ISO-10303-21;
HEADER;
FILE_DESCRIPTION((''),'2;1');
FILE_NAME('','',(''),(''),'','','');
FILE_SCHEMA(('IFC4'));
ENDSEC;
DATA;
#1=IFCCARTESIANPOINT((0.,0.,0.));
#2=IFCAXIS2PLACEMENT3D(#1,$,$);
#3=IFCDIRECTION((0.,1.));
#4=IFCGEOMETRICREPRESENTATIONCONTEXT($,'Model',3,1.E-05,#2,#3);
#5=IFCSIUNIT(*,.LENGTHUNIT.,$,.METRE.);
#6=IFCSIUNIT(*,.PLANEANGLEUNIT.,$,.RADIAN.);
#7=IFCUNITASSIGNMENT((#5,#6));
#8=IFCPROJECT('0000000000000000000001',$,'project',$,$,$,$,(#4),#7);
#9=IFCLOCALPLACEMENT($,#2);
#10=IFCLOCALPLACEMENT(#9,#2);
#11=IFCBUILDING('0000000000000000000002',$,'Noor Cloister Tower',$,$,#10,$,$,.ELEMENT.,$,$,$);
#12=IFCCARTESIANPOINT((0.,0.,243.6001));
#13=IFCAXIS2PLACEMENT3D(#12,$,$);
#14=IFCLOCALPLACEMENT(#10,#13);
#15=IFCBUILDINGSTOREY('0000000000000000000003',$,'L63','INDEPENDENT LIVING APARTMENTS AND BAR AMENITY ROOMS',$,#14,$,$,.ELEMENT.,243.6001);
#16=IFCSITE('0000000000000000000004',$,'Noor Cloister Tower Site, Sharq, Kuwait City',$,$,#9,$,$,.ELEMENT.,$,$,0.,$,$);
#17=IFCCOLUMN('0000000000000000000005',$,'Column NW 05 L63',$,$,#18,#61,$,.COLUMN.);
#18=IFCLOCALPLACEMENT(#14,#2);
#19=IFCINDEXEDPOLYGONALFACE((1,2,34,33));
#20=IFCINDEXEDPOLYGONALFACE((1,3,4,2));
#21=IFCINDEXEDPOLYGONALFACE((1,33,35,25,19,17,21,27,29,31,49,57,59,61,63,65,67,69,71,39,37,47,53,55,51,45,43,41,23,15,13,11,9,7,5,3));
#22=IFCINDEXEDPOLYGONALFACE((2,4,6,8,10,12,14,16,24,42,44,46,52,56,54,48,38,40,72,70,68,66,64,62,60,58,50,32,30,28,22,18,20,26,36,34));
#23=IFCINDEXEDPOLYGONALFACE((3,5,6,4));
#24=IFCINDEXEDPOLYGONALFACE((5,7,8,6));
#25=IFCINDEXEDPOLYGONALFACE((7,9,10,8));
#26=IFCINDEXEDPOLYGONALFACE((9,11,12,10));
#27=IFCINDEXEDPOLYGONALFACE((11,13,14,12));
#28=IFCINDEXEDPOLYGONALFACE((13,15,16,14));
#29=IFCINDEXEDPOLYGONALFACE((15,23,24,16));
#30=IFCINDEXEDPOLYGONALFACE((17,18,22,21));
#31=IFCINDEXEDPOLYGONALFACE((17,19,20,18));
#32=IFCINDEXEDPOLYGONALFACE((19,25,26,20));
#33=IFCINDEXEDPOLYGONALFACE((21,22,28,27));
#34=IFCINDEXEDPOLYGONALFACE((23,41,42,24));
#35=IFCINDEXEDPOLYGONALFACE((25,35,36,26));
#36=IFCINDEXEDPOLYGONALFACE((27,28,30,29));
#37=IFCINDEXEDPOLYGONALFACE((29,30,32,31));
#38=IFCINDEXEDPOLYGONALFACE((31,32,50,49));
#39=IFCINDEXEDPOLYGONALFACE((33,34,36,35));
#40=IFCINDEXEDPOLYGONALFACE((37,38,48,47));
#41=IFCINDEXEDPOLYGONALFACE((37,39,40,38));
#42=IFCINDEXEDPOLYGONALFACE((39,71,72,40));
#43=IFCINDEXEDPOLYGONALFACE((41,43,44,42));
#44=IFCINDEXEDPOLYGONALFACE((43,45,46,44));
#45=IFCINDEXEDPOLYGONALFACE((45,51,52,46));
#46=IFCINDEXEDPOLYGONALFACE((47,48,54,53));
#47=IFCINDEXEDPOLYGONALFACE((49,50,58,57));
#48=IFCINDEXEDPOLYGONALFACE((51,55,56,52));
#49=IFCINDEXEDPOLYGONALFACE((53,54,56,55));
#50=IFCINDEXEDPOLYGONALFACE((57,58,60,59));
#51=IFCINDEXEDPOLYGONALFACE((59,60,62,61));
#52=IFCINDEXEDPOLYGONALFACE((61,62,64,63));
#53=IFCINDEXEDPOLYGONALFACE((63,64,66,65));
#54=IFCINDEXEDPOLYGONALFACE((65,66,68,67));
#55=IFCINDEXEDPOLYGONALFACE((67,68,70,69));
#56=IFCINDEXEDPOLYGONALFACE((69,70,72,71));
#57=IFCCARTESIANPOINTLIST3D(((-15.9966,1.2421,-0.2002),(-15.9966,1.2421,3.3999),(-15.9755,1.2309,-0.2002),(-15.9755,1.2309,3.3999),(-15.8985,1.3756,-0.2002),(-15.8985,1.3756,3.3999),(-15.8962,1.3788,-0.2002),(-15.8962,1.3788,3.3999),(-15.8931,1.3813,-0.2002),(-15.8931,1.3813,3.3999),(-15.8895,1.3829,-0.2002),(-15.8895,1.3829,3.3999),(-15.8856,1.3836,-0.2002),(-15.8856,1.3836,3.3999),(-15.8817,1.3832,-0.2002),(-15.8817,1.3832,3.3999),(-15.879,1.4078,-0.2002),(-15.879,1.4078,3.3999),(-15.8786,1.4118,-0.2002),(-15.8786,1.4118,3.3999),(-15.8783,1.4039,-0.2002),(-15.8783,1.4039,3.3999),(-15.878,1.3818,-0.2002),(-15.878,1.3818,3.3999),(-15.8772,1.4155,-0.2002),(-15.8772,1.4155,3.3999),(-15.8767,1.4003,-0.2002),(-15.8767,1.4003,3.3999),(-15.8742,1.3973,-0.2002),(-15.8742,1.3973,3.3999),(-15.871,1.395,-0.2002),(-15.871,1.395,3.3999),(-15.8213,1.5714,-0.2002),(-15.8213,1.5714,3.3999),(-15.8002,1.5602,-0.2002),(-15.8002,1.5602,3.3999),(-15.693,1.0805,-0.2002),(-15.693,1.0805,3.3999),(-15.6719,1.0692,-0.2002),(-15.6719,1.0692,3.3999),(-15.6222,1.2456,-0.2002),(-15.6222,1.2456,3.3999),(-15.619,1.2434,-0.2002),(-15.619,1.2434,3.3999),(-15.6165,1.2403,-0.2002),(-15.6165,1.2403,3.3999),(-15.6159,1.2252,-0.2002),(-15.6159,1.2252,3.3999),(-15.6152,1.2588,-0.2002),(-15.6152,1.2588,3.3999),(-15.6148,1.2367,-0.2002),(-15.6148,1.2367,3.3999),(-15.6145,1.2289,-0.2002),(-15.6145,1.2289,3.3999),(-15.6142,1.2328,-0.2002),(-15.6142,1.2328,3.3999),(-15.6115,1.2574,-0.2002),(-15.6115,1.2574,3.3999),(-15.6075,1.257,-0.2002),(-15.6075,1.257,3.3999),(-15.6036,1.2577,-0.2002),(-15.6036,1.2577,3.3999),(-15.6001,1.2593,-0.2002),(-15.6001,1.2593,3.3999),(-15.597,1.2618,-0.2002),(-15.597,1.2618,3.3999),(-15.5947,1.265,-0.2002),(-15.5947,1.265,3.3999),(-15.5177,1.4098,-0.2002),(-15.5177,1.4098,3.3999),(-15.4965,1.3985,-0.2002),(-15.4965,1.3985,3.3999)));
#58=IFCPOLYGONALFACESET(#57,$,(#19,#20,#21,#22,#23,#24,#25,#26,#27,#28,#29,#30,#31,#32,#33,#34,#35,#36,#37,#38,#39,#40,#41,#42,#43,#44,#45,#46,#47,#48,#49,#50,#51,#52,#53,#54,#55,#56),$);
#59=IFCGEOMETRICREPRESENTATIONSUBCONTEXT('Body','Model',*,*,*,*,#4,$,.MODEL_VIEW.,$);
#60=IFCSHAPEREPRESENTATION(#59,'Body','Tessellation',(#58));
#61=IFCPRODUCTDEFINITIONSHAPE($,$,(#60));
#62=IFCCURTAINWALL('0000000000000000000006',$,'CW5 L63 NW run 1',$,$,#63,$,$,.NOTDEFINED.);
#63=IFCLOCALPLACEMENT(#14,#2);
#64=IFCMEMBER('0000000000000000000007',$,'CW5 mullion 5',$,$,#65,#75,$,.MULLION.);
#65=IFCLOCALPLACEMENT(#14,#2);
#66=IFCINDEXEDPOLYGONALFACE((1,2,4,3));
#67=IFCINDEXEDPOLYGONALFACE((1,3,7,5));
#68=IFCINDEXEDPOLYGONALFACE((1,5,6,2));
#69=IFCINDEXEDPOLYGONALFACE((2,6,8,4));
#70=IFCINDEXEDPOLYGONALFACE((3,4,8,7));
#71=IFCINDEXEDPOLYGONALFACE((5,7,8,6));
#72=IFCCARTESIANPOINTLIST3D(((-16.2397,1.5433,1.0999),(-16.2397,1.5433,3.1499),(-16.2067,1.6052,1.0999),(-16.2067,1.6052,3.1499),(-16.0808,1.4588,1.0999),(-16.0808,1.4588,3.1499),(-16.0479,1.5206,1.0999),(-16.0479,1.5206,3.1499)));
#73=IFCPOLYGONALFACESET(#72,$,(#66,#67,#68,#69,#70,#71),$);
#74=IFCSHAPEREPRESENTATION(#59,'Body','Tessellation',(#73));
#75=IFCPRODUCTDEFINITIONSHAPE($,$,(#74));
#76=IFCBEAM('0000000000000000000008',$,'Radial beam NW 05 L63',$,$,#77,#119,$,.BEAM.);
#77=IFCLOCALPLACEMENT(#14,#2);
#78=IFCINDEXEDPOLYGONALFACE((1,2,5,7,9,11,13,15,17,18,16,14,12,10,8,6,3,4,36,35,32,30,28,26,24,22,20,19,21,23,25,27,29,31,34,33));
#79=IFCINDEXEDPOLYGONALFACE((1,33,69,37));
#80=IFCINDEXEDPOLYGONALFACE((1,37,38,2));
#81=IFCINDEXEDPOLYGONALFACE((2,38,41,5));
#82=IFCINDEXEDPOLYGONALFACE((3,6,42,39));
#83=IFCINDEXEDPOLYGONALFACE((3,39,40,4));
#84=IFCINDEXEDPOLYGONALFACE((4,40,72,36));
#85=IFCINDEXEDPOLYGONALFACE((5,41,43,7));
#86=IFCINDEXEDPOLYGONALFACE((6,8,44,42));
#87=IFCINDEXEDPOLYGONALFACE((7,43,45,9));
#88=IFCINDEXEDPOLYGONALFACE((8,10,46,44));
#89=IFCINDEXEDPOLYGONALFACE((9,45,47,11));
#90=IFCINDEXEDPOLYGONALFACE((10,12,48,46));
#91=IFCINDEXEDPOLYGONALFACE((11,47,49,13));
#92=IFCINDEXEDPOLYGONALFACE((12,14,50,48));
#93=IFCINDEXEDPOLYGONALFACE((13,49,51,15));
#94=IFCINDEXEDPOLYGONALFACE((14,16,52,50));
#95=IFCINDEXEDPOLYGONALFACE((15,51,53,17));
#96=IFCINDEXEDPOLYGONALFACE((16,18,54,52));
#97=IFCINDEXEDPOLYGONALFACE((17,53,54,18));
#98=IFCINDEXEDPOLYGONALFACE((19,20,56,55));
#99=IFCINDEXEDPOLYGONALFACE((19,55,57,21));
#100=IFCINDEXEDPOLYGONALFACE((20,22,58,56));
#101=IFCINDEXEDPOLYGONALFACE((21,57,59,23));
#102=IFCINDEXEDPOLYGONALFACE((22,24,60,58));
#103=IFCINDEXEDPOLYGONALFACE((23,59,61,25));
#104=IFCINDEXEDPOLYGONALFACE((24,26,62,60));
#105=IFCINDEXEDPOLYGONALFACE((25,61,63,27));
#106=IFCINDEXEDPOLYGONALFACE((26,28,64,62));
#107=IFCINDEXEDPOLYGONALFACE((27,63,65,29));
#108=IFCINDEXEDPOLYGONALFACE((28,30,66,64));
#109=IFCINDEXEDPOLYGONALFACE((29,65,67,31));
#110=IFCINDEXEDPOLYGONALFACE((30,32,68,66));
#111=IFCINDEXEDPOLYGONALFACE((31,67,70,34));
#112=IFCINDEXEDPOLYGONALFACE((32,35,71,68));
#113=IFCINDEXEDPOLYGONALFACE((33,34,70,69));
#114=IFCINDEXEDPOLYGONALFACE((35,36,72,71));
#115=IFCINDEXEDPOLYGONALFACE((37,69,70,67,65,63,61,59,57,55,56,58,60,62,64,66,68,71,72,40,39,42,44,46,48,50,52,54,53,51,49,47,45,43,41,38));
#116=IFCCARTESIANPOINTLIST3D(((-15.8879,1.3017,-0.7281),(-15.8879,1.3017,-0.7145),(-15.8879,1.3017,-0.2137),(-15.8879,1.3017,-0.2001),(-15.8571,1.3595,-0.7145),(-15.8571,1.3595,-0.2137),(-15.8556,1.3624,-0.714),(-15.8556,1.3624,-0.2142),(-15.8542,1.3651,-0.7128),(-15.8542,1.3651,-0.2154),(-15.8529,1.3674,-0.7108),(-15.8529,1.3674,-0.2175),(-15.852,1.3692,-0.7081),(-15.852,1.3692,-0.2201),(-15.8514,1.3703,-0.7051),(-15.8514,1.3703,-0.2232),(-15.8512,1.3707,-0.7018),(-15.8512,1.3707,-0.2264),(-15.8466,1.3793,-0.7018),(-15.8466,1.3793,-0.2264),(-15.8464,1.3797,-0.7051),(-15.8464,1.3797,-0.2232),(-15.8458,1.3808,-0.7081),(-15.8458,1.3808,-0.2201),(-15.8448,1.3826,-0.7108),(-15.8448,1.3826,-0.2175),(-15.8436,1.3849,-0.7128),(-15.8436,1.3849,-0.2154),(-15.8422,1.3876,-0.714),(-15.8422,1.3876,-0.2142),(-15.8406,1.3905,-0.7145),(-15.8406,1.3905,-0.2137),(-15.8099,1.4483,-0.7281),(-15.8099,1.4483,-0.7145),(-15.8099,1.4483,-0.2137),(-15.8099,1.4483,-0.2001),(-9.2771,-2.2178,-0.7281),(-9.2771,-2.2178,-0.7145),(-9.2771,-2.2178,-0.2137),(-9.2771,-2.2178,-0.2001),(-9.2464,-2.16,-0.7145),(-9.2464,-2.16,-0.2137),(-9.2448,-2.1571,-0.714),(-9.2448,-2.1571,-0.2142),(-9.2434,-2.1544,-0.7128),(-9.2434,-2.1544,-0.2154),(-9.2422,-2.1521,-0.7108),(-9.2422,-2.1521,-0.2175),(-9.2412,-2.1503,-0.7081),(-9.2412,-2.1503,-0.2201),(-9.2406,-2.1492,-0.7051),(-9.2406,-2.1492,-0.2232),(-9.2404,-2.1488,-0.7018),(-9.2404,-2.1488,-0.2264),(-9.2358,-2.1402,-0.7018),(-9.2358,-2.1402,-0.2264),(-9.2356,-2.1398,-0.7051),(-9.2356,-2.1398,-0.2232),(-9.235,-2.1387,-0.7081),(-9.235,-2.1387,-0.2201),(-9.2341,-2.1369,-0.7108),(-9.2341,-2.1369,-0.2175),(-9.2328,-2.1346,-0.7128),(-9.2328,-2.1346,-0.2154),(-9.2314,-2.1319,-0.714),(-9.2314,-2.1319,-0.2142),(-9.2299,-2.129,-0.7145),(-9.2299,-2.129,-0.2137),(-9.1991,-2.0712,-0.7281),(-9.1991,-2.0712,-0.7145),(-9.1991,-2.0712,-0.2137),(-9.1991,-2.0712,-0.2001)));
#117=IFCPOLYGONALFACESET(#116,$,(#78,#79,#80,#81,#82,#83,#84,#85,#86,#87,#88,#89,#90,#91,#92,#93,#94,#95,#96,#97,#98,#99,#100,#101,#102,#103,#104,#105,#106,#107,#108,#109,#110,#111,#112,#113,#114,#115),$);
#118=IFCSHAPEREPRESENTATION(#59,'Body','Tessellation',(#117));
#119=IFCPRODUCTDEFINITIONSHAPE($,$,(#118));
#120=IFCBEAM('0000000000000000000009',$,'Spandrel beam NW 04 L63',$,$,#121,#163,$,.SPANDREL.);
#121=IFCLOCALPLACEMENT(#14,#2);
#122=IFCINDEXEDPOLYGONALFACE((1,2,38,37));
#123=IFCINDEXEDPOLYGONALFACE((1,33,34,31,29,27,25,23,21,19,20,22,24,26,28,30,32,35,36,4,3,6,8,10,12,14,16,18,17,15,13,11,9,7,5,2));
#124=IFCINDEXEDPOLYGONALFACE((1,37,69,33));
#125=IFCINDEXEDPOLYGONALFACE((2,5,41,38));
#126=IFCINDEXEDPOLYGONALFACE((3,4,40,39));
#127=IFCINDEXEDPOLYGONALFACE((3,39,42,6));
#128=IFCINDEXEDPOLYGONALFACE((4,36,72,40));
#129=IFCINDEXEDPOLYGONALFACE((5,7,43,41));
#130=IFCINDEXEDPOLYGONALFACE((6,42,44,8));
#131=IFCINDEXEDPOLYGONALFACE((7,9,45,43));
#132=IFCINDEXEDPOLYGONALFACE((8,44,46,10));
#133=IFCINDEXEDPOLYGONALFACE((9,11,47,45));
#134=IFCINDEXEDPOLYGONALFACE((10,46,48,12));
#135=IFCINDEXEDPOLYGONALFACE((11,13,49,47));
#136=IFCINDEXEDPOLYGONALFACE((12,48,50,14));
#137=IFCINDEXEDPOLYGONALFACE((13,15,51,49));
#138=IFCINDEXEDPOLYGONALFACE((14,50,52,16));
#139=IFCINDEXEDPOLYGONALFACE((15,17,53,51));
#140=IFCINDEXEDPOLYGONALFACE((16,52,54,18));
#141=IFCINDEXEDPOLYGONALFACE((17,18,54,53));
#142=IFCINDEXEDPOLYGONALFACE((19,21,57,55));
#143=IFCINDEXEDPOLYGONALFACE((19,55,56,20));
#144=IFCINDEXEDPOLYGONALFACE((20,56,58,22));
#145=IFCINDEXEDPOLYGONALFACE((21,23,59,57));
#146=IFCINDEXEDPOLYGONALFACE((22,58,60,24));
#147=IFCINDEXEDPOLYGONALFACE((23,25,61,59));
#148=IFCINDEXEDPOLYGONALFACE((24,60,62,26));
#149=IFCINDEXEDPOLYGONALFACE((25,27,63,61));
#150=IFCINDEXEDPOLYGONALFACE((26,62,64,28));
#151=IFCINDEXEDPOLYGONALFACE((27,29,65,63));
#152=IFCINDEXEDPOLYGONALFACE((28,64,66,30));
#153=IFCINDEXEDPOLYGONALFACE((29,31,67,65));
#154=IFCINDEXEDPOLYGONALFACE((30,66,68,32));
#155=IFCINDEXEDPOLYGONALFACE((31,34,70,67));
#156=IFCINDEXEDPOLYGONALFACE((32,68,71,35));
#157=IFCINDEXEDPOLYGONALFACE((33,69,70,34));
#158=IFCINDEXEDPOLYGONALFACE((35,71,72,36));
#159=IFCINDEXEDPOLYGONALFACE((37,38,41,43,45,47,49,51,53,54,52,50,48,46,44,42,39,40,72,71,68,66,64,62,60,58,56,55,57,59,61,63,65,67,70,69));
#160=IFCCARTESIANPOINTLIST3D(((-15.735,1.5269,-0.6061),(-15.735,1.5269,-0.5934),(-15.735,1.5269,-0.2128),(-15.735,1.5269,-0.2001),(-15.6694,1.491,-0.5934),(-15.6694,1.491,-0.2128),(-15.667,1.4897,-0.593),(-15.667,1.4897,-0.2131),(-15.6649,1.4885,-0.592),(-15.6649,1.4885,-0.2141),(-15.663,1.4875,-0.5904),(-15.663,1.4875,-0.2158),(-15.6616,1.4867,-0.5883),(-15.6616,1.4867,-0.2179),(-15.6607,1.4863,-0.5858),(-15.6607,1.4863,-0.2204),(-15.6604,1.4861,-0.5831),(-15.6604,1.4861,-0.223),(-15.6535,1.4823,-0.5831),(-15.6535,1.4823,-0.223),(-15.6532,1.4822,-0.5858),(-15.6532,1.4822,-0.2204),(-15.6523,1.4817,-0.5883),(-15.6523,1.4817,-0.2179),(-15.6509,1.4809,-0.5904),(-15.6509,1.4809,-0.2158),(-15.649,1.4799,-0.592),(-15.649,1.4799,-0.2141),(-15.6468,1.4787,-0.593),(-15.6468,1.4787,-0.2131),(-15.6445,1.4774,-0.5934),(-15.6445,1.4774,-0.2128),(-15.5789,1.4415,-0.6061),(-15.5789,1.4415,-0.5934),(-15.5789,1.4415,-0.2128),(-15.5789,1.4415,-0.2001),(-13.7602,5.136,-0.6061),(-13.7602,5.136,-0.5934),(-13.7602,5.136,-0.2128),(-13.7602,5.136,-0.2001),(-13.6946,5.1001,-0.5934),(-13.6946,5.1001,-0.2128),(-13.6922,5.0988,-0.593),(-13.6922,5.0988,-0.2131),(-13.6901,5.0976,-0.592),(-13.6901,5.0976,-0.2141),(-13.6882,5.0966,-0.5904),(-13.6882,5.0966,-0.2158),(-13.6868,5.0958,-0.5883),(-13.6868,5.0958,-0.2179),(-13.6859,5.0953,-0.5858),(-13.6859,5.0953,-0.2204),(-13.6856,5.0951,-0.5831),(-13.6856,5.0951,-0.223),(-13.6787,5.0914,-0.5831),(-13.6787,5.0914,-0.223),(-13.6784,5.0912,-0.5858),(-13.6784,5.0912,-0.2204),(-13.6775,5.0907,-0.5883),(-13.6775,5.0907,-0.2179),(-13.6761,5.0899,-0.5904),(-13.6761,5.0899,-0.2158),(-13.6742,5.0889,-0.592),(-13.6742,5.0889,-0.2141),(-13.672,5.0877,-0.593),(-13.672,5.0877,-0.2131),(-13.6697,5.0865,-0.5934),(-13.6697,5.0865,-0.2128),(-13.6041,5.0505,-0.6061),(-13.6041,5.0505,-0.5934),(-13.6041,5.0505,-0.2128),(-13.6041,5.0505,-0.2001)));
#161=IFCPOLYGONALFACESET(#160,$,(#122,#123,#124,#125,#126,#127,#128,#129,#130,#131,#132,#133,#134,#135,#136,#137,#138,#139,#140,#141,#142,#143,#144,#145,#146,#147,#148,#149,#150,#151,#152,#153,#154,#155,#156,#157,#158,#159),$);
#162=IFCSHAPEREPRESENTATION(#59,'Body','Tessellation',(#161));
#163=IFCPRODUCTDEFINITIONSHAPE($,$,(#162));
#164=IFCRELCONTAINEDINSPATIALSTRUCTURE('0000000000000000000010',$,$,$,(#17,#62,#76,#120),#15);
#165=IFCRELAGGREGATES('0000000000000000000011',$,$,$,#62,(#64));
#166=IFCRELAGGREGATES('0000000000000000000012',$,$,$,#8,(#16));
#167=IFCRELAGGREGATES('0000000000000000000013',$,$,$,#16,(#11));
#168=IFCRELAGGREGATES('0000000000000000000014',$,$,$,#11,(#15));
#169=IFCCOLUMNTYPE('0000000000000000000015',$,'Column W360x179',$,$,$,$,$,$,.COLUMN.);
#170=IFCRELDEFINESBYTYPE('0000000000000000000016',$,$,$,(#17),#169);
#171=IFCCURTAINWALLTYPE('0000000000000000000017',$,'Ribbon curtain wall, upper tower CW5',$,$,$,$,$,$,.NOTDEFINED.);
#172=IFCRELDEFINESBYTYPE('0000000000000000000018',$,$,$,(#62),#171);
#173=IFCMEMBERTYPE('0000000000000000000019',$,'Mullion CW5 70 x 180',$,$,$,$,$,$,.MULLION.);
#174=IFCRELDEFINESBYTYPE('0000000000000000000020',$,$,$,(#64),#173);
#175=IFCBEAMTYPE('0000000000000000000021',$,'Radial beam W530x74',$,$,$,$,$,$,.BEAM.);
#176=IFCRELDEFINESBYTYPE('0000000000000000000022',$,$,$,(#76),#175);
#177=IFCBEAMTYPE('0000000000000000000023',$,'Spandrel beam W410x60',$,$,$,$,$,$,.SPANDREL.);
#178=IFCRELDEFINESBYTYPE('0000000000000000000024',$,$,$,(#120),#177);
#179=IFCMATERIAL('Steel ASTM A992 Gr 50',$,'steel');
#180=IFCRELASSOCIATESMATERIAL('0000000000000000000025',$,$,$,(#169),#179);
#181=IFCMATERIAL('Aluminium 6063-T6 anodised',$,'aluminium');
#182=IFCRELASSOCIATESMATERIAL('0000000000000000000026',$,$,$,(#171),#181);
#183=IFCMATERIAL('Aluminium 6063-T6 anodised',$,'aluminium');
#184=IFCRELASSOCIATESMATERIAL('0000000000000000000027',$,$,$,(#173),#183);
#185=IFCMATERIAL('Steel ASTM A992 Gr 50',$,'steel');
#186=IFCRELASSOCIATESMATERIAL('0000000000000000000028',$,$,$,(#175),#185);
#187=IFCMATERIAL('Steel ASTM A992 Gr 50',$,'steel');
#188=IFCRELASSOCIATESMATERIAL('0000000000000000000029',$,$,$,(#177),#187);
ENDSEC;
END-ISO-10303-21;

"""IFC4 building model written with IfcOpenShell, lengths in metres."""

from ifc_helpers import new_model, si_unit, direction, frame, origin, origin_2d, place, context, subcontext, project, spatial, rectangle, i_section, extrude, material, material_profile, profile_set, type_object, element, aggregate, save


model = new_model("IFC4")

# Units and contexts
model_context = context("Model", 3, precision=1e-05, world=origin(), true_north=direction((0.0, 1.0)))
body_context = subcontext(model_context, "Body", "Model", "MODEL_VIEW")
ifc_project = project(units=[si_unit("LENGTHUNIT", "METRE"), si_unit("PLANEANGLEUNIT", "RADIAN")], contexts=[model_context])

# Site, building, storey
site_placement = place(None, origin())
site = spatial("IfcSite", under=ifc_project, at=site_placement, Name="Noor Cloister Tower Site, Sharq, Kuwait City", CompositionType="ELEMENT", RefElevation=0.0)
building_placement = place(site_placement, origin())
building = spatial("IfcBuilding", under=site, at=building_placement, Name="Noor Cloister Tower", CompositionType="ELEMENT")
storey_placement = place(building_placement, frame((0.0, 0.0, 243.6001)))
storey = spatial("IfcBuildingStorey", under=building, at=storey_placement, Name="L63", Description="INDEPENDENT LIVING APARTMENTS AND BAR AMENITY ROOMS", CompositionType="ELEMENT", Elevation=243.6001)

# Column
ifc_material_1 = material(Name="Steel ASTM A992 Gr 50", Category="steel")
ifc_material_profile_1 = material_profile(ifc_material_1, i_section(OverallWidth=0.373, OverallDepth=0.3679, WebThickness=0.0149, FlangeThickness=0.0239, FilletRadius=0.0151, at=origin_2d()), Name="W360x179")
ifc_profile_set_1 = profile_set([ifc_material_profile_1], Name="Steel ASTM A992 Gr 50")
column_type = type_object("IfcColumnType", Name="Column W360x179", PredefinedType="COLUMN", material=ifc_profile_set_1)
column_placement = place(storey_placement, frame((-15.7466, 1.3203, -0.2002), z_axis=(0.0, 0.0, 1.0), x_axis=(-0.469927, -0.882705, 0.0)))
element("IfcColumn", 1, at=column_placement, inside=storey, type_object=column_type, Name="Column NW 05 L63", PredefinedType="COLUMN", context=body_context, shape_type="SweptSolid", body=[
    extrude(i_section(OverallWidth=0.373, OverallDepth=0.3679, WebThickness=0.0149, FlangeThickness=0.0239, FilletRadius=0.0151, at=origin_2d()), origin(), (0.0, 0.0, 1.0), 3.6001),
])

# Curtain wall, member
ifc_material_2 = material(Name="Aluminium 6063-T6 anodised", Category="aluminium")
curtain_wall_type = type_object("IfcCurtainWallType", Name="Ribbon curtain wall, upper tower CW5", PredefinedType="NOTDEFINED", material=ifc_material_2)
curtain_wall_placement = place(storey_placement, origin())
curtain_wall = element("IfcCurtainWall", 2, at=curtain_wall_placement, inside=storey, type_object=curtain_wall_type, Name="CW5 L63 NW run 1", PredefinedType="NOTDEFINED")
ifc_material_3 = material(Name="Aluminium 6063-T6 anodised", Category="aluminium")
ifc_material_profile_2 = material_profile(ifc_material_3, rectangle(XDim=0.1799, YDim=0.0701, at=origin_2d()), Name="180 x 70 mullion")
ifc_profile_set_2 = profile_set([ifc_material_profile_2], Name="Aluminium 6063-T6 anodised")
member_type = type_object("IfcMemberType", Name="Mullion CW5 70 x 180", PredefinedType="MULLION", material=ifc_profile_set_2)
member_placement = place(storey_placement, frame((-16.1438, 1.532, 1.0999), z_axis=(0.0, 0.0, 1.0), x_axis=(0.882705, -0.469927, 0.0)))
member = element("IfcMember", 3, at=member_placement, type_object=member_type, Name="CW5 mullion 5", PredefinedType="MULLION", context=body_context, shape_type="SweptSolid", body=[
    extrude(rectangle(XDim=0.1799, YDim=0.0701, at=origin_2d()), origin(), (0.0, 0.0, 1.0), 2.05),
])

# Beams
ifc_material_4 = material(Name="Steel ASTM A992 Gr 50", Category="steel")
ifc_material_profile_3 = material_profile(ifc_material_4, i_section(OverallWidth=0.166, OverallDepth=0.5281, WebThickness=0.0098, FlangeThickness=0.0137, FilletRadius=0.0127, at=origin_2d()), Name="W530x74")
ifc_profile_set_3 = profile_set([ifc_material_profile_3], Name="Steel ASTM A992 Gr 50")
beam_type_1 = type_object("IfcBeamType", Name="Radial beam W530x74", PredefinedType="BEAM", material=ifc_profile_set_3)
beam_1_placement = place(storey_placement, frame((-15.8489, 1.375, -0.4641), z_axis=(0.882699, -0.469938, 0.0), x_axis=(0.469938, 0.882699, 0.0)))
element("IfcBeam", 4, at=beam_1_placement, inside=storey, type_object=beam_type_1, Name="Radial beam NW 05 L63", PredefinedType="BEAM", context=body_context, shape_type="SweptSolid", body=[
    extrude(i_section(OverallWidth=0.166, OverallDepth=0.5281, WebThickness=0.0098, FlangeThickness=0.0137, FilletRadius=0.0127, at=origin_2d()), origin(), (0.0, 0.0, 1.0), 7.4893),
])
ifc_material_5 = material(Name="Steel ASTM A992 Gr 50", Category="steel")
ifc_material_profile_4 = material_profile(ifc_material_5, i_section(OverallWidth=0.178, OverallDepth=0.406, WebThickness=0.0078, FlangeThickness=0.0127, FilletRadius=0.0103, at=origin_2d()), Name="W410x60")
ifc_profile_set_4 = profile_set([ifc_material_profile_4], Name="Steel ASTM A992 Gr 50")
beam_type_2 = type_object("IfcBeamType", Name="Spandrel beam W410x60", PredefinedType="SPANDREL", material=ifc_profile_set_4)
beam_2_placement = place(storey_placement, frame((-13.6821, 5.0933, -0.4031), z_axis=(-0.48002, -0.877258, 0.0), x_axis=(0.877258, -0.48002, 0.0)))
element("IfcBeam", 5, at=beam_2_placement, inside=storey, type_object=beam_type_2, Name="Spandrel beam NW 04 L63", PredefinedType="SPANDREL", context=body_context, shape_type="SweptSolid", body=[
    extrude(i_section(OverallWidth=0.178, OverallDepth=0.406, WebThickness=0.0078, FlangeThickness=0.0127, FilletRadius=0.0103, at=origin_2d()), origin(), (0.0, 0.0, 1.0), 4.114),
])

aggregate(curtain_wall, [member])

save(model, "model.ifc")
